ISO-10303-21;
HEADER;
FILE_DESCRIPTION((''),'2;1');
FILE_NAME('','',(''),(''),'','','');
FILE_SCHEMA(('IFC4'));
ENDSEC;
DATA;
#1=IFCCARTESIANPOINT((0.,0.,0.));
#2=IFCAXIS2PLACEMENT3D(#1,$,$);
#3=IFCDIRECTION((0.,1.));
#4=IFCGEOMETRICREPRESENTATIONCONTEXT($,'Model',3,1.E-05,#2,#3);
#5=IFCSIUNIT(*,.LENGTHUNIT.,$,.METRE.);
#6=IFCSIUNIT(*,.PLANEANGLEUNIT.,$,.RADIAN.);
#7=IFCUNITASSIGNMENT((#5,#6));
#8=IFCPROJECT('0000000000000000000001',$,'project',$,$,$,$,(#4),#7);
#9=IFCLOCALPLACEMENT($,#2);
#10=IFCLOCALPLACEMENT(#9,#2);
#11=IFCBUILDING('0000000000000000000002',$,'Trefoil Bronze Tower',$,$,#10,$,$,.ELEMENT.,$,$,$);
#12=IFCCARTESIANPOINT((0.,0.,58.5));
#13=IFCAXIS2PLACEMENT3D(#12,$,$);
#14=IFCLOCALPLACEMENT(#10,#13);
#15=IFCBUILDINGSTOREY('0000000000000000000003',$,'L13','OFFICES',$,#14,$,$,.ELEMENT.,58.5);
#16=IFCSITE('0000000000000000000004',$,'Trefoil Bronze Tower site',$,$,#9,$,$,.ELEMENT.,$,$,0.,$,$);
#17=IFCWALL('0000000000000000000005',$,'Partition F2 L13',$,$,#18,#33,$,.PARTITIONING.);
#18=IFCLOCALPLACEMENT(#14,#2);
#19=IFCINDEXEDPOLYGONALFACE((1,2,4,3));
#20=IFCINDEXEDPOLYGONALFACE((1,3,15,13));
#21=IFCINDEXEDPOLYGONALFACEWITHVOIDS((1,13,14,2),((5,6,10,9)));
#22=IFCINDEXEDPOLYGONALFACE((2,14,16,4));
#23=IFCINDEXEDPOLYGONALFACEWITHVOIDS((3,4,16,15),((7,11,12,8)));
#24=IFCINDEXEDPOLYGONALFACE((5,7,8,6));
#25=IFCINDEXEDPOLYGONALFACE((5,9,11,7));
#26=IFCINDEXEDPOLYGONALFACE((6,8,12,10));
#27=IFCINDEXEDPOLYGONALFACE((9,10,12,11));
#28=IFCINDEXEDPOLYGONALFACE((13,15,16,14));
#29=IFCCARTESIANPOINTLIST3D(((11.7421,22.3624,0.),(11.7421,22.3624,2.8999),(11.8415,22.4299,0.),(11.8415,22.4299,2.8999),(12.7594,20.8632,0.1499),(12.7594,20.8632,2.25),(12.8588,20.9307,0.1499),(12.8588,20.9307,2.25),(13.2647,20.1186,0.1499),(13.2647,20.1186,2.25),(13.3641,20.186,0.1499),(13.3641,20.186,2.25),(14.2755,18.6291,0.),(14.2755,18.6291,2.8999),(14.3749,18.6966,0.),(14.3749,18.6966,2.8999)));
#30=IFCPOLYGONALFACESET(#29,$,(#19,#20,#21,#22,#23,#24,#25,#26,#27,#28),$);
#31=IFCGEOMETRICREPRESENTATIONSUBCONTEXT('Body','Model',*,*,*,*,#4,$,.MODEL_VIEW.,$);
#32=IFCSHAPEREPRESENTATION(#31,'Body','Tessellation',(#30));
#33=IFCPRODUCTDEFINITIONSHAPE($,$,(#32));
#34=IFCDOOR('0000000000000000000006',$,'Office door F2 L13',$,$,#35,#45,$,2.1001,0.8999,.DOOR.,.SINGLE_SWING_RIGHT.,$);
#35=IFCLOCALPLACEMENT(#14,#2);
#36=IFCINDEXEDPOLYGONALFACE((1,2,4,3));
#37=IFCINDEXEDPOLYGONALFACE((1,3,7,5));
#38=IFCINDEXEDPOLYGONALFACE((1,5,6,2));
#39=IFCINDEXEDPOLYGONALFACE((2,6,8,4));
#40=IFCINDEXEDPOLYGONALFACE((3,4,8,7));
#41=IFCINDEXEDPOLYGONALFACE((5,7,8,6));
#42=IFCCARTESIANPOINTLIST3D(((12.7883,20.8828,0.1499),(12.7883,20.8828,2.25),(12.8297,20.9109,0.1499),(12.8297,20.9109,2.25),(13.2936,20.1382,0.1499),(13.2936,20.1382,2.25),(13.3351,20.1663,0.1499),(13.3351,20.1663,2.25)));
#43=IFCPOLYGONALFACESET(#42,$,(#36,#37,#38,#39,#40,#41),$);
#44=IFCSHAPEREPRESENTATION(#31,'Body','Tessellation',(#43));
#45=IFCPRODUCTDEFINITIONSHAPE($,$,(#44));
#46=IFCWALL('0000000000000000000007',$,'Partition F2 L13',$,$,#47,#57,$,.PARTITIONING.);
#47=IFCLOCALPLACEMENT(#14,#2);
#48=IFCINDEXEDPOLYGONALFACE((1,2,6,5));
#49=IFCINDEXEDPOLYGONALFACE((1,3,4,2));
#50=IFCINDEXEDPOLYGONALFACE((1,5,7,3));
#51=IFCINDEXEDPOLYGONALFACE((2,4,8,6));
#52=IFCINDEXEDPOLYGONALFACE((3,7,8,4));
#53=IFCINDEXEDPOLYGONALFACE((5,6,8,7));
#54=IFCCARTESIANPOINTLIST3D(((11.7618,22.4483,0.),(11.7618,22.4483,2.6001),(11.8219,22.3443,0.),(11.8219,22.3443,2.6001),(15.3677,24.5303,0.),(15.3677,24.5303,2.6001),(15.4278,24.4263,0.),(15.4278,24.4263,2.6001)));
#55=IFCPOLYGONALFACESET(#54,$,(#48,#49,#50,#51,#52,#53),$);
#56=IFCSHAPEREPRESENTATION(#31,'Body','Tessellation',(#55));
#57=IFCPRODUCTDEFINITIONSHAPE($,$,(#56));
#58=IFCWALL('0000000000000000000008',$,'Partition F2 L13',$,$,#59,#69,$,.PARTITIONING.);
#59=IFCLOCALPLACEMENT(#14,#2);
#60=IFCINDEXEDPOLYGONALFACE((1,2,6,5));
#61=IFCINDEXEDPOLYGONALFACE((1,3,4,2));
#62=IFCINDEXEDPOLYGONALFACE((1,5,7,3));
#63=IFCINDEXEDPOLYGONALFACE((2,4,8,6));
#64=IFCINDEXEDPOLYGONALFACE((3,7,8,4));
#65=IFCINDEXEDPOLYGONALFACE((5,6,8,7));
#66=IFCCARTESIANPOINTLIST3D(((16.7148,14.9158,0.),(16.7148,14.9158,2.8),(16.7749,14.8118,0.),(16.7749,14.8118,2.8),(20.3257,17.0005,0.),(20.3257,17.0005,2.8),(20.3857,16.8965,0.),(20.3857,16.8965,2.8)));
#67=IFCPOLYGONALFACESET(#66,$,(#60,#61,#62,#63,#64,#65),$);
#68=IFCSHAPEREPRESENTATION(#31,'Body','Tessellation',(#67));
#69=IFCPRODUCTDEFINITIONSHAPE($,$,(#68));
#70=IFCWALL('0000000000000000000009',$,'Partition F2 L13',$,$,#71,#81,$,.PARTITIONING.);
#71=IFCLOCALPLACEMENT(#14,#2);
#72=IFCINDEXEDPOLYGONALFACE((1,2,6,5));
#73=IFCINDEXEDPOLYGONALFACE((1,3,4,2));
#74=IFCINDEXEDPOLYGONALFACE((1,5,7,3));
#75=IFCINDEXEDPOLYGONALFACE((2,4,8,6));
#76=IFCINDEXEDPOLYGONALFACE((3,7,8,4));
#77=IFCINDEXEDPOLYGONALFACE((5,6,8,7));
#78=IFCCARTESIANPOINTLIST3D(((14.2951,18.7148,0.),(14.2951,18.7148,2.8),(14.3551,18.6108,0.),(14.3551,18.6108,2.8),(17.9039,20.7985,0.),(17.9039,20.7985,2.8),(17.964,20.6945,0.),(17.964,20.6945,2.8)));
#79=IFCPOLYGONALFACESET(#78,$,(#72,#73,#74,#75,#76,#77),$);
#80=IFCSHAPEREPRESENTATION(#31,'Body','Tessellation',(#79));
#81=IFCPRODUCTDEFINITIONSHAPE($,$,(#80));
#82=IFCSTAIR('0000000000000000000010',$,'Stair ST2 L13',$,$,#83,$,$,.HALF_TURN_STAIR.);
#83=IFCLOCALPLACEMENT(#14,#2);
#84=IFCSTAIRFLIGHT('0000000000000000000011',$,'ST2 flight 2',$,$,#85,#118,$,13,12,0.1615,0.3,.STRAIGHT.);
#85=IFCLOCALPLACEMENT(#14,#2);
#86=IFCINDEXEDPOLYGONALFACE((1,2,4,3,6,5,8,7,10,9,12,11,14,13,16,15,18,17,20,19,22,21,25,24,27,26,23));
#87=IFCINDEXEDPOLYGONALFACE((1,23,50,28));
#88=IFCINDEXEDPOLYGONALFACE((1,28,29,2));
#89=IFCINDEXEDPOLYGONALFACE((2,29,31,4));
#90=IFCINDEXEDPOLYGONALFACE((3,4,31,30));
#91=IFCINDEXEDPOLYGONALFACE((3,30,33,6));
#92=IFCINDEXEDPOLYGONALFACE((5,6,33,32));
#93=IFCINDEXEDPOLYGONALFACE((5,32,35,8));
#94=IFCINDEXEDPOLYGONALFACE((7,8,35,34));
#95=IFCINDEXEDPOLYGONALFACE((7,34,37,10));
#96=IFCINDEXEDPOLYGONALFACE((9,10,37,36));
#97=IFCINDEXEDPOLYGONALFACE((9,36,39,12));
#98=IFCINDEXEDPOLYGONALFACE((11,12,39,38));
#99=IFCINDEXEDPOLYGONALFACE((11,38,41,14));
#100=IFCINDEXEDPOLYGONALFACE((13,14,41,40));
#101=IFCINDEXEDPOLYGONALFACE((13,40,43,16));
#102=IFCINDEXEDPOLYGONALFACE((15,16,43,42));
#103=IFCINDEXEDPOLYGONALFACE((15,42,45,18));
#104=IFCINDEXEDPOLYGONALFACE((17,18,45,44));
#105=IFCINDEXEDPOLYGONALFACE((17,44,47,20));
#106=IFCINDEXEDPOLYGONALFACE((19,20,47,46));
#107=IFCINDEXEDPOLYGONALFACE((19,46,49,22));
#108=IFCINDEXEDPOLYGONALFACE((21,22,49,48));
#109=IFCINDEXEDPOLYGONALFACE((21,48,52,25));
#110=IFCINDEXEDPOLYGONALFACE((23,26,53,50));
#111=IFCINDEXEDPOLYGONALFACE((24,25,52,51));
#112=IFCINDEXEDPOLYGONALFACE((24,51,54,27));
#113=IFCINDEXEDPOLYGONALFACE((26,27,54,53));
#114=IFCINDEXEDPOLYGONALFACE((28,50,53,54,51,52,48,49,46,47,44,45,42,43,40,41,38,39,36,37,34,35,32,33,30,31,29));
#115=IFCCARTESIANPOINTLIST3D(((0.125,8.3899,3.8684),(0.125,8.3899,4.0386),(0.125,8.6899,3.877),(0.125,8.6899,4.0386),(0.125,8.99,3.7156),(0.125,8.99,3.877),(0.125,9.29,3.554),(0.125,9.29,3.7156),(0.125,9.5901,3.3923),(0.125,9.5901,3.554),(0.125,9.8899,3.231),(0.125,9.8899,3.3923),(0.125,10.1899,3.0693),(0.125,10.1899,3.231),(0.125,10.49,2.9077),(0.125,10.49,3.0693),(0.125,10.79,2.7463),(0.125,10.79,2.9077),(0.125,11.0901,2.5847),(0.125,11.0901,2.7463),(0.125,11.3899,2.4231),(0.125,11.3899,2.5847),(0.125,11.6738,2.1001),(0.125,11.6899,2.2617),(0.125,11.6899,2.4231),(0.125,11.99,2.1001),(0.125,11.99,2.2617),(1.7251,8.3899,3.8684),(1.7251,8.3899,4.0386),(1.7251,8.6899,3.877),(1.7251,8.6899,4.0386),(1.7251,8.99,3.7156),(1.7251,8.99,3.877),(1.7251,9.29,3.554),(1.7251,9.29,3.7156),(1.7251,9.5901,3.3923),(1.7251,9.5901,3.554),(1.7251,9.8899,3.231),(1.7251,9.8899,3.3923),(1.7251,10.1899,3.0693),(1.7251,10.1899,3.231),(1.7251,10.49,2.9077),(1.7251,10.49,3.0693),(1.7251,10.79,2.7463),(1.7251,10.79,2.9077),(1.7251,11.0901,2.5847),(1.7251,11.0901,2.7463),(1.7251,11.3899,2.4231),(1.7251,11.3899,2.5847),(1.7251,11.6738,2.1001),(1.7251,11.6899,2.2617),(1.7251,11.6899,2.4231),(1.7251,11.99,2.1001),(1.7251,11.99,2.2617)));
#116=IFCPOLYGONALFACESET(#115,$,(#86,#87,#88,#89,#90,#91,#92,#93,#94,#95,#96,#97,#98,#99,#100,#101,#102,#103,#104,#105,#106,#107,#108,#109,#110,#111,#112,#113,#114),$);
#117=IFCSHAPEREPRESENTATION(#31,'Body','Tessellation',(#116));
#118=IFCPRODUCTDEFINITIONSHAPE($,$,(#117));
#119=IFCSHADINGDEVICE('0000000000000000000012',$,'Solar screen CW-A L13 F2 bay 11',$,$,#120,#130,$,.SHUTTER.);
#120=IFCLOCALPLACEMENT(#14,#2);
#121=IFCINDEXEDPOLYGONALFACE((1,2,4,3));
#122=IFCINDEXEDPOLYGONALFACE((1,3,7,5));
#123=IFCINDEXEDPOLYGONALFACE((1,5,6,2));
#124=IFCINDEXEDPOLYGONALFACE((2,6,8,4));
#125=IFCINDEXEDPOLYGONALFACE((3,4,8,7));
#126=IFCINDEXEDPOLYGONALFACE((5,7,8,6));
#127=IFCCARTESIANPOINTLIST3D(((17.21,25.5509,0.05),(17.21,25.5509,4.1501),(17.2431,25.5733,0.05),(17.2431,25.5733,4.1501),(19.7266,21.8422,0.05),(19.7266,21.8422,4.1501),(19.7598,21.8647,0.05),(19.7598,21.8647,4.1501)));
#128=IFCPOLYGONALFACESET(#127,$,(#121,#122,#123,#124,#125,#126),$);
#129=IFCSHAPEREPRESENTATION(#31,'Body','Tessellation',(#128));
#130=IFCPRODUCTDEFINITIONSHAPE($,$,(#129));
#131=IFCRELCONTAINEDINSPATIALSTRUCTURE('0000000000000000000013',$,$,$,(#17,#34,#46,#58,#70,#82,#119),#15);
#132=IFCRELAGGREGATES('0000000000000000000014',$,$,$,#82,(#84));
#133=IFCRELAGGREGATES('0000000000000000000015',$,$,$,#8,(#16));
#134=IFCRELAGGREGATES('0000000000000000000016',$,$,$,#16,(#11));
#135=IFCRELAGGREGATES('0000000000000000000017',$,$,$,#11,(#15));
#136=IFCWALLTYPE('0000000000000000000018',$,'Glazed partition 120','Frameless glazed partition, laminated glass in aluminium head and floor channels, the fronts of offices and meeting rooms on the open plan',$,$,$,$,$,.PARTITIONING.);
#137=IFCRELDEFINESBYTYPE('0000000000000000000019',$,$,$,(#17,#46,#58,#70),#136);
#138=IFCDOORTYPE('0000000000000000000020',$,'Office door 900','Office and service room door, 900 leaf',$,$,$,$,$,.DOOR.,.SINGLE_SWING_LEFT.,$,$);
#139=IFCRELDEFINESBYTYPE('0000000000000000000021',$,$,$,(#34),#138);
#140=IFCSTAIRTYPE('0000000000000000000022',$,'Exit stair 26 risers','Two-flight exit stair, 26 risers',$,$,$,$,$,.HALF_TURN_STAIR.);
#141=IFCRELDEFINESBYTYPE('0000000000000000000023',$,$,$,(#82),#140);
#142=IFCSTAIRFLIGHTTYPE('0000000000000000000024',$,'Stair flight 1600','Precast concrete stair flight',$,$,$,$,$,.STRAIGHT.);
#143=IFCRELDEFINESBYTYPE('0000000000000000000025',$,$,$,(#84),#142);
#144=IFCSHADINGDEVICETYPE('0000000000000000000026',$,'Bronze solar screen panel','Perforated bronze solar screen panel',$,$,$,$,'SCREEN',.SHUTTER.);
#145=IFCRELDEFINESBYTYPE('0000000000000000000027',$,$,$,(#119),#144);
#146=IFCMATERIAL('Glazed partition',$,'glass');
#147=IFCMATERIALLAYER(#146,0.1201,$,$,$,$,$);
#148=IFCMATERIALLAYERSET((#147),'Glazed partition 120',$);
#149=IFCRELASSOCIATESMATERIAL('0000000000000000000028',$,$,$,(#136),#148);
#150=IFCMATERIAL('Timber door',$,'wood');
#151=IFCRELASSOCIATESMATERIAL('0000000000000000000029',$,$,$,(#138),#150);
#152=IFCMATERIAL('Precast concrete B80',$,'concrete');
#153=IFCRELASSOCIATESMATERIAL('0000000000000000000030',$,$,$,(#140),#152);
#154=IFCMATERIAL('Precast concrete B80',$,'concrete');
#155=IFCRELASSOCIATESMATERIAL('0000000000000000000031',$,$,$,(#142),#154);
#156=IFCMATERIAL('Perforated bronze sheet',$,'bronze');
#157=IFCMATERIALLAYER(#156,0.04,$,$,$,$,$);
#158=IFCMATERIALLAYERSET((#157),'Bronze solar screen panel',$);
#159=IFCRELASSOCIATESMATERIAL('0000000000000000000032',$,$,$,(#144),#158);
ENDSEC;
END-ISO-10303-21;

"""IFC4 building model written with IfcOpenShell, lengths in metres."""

from ifc_helpers import new_model, si_unit, direction, frame, frame_2d, origin, origin_2d, place, context, subcontext, project, spatial, polyline, rectangle, outline, extrude, material, layer, layer_set, type_object, element, fill, aggregate, save


model = new_model("IFC4")

# Units and contexts
model_context = context("Model", 3, precision=1e-05, world=origin(), true_north=direction((0.0, 1.0)))
body_context = subcontext(model_context, "Body", "Model", "MODEL_VIEW")
ifc_project = project(units=[si_unit("LENGTHUNIT", "METRE"), si_unit("PLANEANGLEUNIT", "RADIAN")], contexts=[model_context])

# Site, building, storey
site_placement = place(None, origin())
site = spatial("IfcSite", under=ifc_project, at=site_placement, Name="Trefoil Bronze Tower site", CompositionType="ELEMENT", RefElevation=0.0)
building_placement = place(site_placement, origin())
building = spatial("IfcBuilding", under=site, at=building_placement, Name="Trefoil Bronze Tower", CompositionType="ELEMENT")
storey_placement = place(building_placement, frame((0.0, 0.0, 58.5)))
storey = spatial("IfcBuildingStorey", under=building, at=storey_placement, Name="L13", Description="OFFICES", CompositionType="ELEMENT", Elevation=58.5)

# Shared definitions
ifc_material_1 = material(Name="Glazed partition", Category="glass")
ifc_layer_1 = layer(ifc_material_1, 0.1201)
ifc_layer_set_1 = layer_set([ifc_layer_1], Name="Glazed partition 120")
wall_type_1 = type_object("IfcWallType", Name="Glazed partition 120", Description="Frameless glazed partition, laminated glass in aluminium head and floor channels, the fronts of offices and meeting rooms on the open plan", PredefinedType="PARTITIONING", material=ifc_layer_set_1)

# Wall, opening, door
ifc_material_2 = material(Name="Timber door", Category="wood")
door_type_1 = type_object("IfcDoorType", Name="Office door 900", Description="Office and service room door, 900 leaf", OperationType="SINGLE_SWING_LEFT", PredefinedType="DOOR", material=ifc_material_2)
wall_1_placement = place(storey_placement, frame((14.3252, 18.6628, 0.0), z_axis=(0.0, 0.0, 1.0), x_axis=(-0.561512, 0.827469, 0.0)))
wall_1 = element("IfcWall", 1, at=wall_1_placement, inside=storey, type_object=wall_type_1, Name="Partition F2 L13", PredefinedType="PARTITIONING", context=body_context, shape_type="SweptSolid", body=[
    extrude(rectangle(XDim=4.5117, YDim=0.1201, at=frame_2d((2.2559, 0.0))), origin(), (0.0, 0.0, 1.0), 2.8999),
])
opening_1_placement = place(wall_1_placement, frame((1.8, 0.0, 0.1499)))
opening_1 = element("IfcOpeningElement", 2, at=opening_1_placement, cuts=wall_1, PredefinedType="OPENING", context=body_context, shape_type="SweptSolid", body=[
    extrude(rectangle(XDim=0.8999, YDim=2.1001, at=frame_2d((0.45, 1.05))), frame((0.0, 0.0701, 0.0), z_axis=(0.0, -1.0, 0.0), x_axis=(1.0, 0.0, 0.0)), (0.0, 0.0, 1.0), 0.1401),
])
door_1_placement = place(opening_1_placement, frame((0.8999, 0.0, 0.0), z_axis=(0.0, 0.0, 1.0), x_axis=(-1.0, 0.0, 0.0)))
door_1 = element("IfcDoor", 3, at=door_1_placement, inside=storey, type_object=door_type_1, Name="Office door F2 L13", OperationType="SINGLE_SWING_RIGHT", OverallHeight=2.1001, OverallWidth=0.8999, PredefinedType="DOOR", context=body_context, shape_type="SweptSolid", body=[
    extrude(rectangle(XDim=0.8999, YDim=2.1001, at=frame_2d((0.45, 1.05))), frame((0.0, 0.0249, 0.0), z_axis=(0.0, -1.0, 0.0), x_axis=(1.0, 0.0, 0.0)), (0.0, 0.0, 1.0), 0.05),
])
fill(opening_1, door_1)

# Walls
wall_2_placement = place(storey_placement, frame((11.7917, 22.3962, 0.0), z_axis=(0.0, 0.0, 1.0), x_axis=(0.866012, 0.500024, 0.0)))
element("IfcWall", 4, at=wall_2_placement, inside=storey, type_object=wall_type_1, Name="Partition F2 L13", PredefinedType="PARTITIONING", context=body_context, shape_type="SweptSolid", body=[
    extrude(rectangle(XDim=4.1638, YDim=0.1201, at=frame_2d((2.082, 0.0))), origin(), (0.0, 0.0, 1.0), 2.6001),
])
wall_3_placement = place(storey_placement, frame((16.7449, 14.8638, 0.0), z_axis=(0.0, 0.0, 1.0), x_axis=(0.866026, 0.5, 0.0)))
element("IfcWall", 5, at=wall_3_placement, inside=storey, type_object=wall_type_1, Name="Partition F2 L13", PredefinedType="PARTITIONING", context=body_context, shape_type="SweptSolid", body=[
    extrude(rectangle(XDim=4.1694, YDim=0.1201, at=frame_2d((2.0847, 0.0))), origin(), (0.0, 0.0, 1.0), 2.8),
])
wall_4_placement = place(storey_placement, frame((14.3252, 18.6628, 0.0), z_axis=(0.0, 0.0, 1.0), x_axis=(0.86601, 0.500027, 0.0)))
element("IfcWall", 6, at=wall_4_placement, inside=storey, type_object=wall_type_1, Name="Partition F2 L13", PredefinedType="PARTITIONING", context=body_context, shape_type="SweptSolid", body=[
    extrude(rectangle(XDim=4.1672, YDim=0.1201, at=frame_2d((2.0835, 0.0))), origin(), (0.0, 0.0, 1.0), 2.8),
])

# Stair, stair flight
ifc_material_3 = material(Name="Precast concrete B80", Category="concrete")
stair_type = type_object("IfcStairType", Name="Exit stair 26 risers", Description="Two-flight exit stair, 26 risers", PredefinedType="HALF_TURN_STAIR", material=ifc_material_3)
stair_placement = place(storey_placement, origin())
stair = element("IfcStair", 7, at=stair_placement, inside=storey, type_object=stair_type, Name="Stair ST2 L13", PredefinedType="HALF_TURN_STAIR")
ifc_material_4 = material(Name="Precast concrete B80", Category="concrete")
stair_flight_type = type_object("IfcStairFlightType", Name="Stair flight 1600", Description="Precast concrete stair flight", PredefinedType="STRAIGHT", material=ifc_material_4)
stair_flight_placement = place(storey_placement, frame((0.925, 11.99, 2.1001), z_axis=(0.0, 0.0, 1.0), x_axis=(0.0, -1.0, 0.0)))
stair_flight = element("IfcStairFlight", 8, at=stair_flight_placement, type_object=stair_flight_type, Name="ST2 flight 2", NumberOfRisers=13, NumberOfTreads=12, PredefinedType="STRAIGHT", RiserHeight=0.1615, TreadLength=0.3, context=body_context, shape_type="SweptSolid", body=[
    extrude(outline(polyline([(0.0, 0.0), (0.0, 0.1616), (0.3, 0.1616), (0.3, 0.323), (0.6001, 0.323), (0.6001, 0.4846), (0.8999, 0.4846), (0.8999, 0.6462), (1.2, 0.6462), (1.2, 0.8076), (1.5, 0.8076), (1.5, 0.9692), (1.8, 0.9692), (1.8, 1.1309), (2.1001, 1.1309), (2.1001, 1.2922), (2.3999, 1.2922), (2.3999, 1.4539), (2.7, 1.4539), (2.7, 1.6155), (3.0, 1.6155), (3.0, 1.7769), (3.3, 1.7769), (3.3, 1.9385), (3.6001, 1.9385), (3.6001, 2.1001), (3.6001, 1.7683), (0.3162, 0.0), (0.0, 0.0)])), frame((0.0, 0.8, 0.0), z_axis=(0.0, -1.0, 0.0), x_axis=(1.0, 0.0, 0.0)), (0.0, 0.0, 1.0), 1.6001),
])
aggregate(stair, [stair_flight])

# Shading device
ifc_material_5 = material(Name="Perforated bronze sheet", Category="bronze")
ifc_layer_2 = layer(ifc_material_5, 0.04)
ifc_layer_set_2 = layer_set([ifc_layer_2], Name="Bronze solar screen panel")
shading_device_type = type_object("IfcShadingDeviceType", Name="Bronze solar screen panel", Description="Perforated bronze solar screen panel", ElementType="SCREEN", PredefinedType="SHUTTER", material=ifc_layer_set_2)
shading_device_placement = place(storey_placement, frame((18.4849, 23.7078, 0.05), z_axis=(0.0, 0.0, 1.0), x_axis=(-0.56151, 0.82747, 0.0)))
element("IfcShadingDevice", 9, at=shading_device_placement, inside=storey, type_object=shading_device_type, Name="Solar screen CW-A L13 F2 bay 11", PredefinedType="SHUTTER", context=body_context, shape_type="SweptSolid", body=[
    extrude(rectangle(XDim=4.4819, YDim=0.04, at=origin_2d()), origin(), (0.0, 0.0, 1.0), 4.1001),
])

save(model, "model.ifc")
